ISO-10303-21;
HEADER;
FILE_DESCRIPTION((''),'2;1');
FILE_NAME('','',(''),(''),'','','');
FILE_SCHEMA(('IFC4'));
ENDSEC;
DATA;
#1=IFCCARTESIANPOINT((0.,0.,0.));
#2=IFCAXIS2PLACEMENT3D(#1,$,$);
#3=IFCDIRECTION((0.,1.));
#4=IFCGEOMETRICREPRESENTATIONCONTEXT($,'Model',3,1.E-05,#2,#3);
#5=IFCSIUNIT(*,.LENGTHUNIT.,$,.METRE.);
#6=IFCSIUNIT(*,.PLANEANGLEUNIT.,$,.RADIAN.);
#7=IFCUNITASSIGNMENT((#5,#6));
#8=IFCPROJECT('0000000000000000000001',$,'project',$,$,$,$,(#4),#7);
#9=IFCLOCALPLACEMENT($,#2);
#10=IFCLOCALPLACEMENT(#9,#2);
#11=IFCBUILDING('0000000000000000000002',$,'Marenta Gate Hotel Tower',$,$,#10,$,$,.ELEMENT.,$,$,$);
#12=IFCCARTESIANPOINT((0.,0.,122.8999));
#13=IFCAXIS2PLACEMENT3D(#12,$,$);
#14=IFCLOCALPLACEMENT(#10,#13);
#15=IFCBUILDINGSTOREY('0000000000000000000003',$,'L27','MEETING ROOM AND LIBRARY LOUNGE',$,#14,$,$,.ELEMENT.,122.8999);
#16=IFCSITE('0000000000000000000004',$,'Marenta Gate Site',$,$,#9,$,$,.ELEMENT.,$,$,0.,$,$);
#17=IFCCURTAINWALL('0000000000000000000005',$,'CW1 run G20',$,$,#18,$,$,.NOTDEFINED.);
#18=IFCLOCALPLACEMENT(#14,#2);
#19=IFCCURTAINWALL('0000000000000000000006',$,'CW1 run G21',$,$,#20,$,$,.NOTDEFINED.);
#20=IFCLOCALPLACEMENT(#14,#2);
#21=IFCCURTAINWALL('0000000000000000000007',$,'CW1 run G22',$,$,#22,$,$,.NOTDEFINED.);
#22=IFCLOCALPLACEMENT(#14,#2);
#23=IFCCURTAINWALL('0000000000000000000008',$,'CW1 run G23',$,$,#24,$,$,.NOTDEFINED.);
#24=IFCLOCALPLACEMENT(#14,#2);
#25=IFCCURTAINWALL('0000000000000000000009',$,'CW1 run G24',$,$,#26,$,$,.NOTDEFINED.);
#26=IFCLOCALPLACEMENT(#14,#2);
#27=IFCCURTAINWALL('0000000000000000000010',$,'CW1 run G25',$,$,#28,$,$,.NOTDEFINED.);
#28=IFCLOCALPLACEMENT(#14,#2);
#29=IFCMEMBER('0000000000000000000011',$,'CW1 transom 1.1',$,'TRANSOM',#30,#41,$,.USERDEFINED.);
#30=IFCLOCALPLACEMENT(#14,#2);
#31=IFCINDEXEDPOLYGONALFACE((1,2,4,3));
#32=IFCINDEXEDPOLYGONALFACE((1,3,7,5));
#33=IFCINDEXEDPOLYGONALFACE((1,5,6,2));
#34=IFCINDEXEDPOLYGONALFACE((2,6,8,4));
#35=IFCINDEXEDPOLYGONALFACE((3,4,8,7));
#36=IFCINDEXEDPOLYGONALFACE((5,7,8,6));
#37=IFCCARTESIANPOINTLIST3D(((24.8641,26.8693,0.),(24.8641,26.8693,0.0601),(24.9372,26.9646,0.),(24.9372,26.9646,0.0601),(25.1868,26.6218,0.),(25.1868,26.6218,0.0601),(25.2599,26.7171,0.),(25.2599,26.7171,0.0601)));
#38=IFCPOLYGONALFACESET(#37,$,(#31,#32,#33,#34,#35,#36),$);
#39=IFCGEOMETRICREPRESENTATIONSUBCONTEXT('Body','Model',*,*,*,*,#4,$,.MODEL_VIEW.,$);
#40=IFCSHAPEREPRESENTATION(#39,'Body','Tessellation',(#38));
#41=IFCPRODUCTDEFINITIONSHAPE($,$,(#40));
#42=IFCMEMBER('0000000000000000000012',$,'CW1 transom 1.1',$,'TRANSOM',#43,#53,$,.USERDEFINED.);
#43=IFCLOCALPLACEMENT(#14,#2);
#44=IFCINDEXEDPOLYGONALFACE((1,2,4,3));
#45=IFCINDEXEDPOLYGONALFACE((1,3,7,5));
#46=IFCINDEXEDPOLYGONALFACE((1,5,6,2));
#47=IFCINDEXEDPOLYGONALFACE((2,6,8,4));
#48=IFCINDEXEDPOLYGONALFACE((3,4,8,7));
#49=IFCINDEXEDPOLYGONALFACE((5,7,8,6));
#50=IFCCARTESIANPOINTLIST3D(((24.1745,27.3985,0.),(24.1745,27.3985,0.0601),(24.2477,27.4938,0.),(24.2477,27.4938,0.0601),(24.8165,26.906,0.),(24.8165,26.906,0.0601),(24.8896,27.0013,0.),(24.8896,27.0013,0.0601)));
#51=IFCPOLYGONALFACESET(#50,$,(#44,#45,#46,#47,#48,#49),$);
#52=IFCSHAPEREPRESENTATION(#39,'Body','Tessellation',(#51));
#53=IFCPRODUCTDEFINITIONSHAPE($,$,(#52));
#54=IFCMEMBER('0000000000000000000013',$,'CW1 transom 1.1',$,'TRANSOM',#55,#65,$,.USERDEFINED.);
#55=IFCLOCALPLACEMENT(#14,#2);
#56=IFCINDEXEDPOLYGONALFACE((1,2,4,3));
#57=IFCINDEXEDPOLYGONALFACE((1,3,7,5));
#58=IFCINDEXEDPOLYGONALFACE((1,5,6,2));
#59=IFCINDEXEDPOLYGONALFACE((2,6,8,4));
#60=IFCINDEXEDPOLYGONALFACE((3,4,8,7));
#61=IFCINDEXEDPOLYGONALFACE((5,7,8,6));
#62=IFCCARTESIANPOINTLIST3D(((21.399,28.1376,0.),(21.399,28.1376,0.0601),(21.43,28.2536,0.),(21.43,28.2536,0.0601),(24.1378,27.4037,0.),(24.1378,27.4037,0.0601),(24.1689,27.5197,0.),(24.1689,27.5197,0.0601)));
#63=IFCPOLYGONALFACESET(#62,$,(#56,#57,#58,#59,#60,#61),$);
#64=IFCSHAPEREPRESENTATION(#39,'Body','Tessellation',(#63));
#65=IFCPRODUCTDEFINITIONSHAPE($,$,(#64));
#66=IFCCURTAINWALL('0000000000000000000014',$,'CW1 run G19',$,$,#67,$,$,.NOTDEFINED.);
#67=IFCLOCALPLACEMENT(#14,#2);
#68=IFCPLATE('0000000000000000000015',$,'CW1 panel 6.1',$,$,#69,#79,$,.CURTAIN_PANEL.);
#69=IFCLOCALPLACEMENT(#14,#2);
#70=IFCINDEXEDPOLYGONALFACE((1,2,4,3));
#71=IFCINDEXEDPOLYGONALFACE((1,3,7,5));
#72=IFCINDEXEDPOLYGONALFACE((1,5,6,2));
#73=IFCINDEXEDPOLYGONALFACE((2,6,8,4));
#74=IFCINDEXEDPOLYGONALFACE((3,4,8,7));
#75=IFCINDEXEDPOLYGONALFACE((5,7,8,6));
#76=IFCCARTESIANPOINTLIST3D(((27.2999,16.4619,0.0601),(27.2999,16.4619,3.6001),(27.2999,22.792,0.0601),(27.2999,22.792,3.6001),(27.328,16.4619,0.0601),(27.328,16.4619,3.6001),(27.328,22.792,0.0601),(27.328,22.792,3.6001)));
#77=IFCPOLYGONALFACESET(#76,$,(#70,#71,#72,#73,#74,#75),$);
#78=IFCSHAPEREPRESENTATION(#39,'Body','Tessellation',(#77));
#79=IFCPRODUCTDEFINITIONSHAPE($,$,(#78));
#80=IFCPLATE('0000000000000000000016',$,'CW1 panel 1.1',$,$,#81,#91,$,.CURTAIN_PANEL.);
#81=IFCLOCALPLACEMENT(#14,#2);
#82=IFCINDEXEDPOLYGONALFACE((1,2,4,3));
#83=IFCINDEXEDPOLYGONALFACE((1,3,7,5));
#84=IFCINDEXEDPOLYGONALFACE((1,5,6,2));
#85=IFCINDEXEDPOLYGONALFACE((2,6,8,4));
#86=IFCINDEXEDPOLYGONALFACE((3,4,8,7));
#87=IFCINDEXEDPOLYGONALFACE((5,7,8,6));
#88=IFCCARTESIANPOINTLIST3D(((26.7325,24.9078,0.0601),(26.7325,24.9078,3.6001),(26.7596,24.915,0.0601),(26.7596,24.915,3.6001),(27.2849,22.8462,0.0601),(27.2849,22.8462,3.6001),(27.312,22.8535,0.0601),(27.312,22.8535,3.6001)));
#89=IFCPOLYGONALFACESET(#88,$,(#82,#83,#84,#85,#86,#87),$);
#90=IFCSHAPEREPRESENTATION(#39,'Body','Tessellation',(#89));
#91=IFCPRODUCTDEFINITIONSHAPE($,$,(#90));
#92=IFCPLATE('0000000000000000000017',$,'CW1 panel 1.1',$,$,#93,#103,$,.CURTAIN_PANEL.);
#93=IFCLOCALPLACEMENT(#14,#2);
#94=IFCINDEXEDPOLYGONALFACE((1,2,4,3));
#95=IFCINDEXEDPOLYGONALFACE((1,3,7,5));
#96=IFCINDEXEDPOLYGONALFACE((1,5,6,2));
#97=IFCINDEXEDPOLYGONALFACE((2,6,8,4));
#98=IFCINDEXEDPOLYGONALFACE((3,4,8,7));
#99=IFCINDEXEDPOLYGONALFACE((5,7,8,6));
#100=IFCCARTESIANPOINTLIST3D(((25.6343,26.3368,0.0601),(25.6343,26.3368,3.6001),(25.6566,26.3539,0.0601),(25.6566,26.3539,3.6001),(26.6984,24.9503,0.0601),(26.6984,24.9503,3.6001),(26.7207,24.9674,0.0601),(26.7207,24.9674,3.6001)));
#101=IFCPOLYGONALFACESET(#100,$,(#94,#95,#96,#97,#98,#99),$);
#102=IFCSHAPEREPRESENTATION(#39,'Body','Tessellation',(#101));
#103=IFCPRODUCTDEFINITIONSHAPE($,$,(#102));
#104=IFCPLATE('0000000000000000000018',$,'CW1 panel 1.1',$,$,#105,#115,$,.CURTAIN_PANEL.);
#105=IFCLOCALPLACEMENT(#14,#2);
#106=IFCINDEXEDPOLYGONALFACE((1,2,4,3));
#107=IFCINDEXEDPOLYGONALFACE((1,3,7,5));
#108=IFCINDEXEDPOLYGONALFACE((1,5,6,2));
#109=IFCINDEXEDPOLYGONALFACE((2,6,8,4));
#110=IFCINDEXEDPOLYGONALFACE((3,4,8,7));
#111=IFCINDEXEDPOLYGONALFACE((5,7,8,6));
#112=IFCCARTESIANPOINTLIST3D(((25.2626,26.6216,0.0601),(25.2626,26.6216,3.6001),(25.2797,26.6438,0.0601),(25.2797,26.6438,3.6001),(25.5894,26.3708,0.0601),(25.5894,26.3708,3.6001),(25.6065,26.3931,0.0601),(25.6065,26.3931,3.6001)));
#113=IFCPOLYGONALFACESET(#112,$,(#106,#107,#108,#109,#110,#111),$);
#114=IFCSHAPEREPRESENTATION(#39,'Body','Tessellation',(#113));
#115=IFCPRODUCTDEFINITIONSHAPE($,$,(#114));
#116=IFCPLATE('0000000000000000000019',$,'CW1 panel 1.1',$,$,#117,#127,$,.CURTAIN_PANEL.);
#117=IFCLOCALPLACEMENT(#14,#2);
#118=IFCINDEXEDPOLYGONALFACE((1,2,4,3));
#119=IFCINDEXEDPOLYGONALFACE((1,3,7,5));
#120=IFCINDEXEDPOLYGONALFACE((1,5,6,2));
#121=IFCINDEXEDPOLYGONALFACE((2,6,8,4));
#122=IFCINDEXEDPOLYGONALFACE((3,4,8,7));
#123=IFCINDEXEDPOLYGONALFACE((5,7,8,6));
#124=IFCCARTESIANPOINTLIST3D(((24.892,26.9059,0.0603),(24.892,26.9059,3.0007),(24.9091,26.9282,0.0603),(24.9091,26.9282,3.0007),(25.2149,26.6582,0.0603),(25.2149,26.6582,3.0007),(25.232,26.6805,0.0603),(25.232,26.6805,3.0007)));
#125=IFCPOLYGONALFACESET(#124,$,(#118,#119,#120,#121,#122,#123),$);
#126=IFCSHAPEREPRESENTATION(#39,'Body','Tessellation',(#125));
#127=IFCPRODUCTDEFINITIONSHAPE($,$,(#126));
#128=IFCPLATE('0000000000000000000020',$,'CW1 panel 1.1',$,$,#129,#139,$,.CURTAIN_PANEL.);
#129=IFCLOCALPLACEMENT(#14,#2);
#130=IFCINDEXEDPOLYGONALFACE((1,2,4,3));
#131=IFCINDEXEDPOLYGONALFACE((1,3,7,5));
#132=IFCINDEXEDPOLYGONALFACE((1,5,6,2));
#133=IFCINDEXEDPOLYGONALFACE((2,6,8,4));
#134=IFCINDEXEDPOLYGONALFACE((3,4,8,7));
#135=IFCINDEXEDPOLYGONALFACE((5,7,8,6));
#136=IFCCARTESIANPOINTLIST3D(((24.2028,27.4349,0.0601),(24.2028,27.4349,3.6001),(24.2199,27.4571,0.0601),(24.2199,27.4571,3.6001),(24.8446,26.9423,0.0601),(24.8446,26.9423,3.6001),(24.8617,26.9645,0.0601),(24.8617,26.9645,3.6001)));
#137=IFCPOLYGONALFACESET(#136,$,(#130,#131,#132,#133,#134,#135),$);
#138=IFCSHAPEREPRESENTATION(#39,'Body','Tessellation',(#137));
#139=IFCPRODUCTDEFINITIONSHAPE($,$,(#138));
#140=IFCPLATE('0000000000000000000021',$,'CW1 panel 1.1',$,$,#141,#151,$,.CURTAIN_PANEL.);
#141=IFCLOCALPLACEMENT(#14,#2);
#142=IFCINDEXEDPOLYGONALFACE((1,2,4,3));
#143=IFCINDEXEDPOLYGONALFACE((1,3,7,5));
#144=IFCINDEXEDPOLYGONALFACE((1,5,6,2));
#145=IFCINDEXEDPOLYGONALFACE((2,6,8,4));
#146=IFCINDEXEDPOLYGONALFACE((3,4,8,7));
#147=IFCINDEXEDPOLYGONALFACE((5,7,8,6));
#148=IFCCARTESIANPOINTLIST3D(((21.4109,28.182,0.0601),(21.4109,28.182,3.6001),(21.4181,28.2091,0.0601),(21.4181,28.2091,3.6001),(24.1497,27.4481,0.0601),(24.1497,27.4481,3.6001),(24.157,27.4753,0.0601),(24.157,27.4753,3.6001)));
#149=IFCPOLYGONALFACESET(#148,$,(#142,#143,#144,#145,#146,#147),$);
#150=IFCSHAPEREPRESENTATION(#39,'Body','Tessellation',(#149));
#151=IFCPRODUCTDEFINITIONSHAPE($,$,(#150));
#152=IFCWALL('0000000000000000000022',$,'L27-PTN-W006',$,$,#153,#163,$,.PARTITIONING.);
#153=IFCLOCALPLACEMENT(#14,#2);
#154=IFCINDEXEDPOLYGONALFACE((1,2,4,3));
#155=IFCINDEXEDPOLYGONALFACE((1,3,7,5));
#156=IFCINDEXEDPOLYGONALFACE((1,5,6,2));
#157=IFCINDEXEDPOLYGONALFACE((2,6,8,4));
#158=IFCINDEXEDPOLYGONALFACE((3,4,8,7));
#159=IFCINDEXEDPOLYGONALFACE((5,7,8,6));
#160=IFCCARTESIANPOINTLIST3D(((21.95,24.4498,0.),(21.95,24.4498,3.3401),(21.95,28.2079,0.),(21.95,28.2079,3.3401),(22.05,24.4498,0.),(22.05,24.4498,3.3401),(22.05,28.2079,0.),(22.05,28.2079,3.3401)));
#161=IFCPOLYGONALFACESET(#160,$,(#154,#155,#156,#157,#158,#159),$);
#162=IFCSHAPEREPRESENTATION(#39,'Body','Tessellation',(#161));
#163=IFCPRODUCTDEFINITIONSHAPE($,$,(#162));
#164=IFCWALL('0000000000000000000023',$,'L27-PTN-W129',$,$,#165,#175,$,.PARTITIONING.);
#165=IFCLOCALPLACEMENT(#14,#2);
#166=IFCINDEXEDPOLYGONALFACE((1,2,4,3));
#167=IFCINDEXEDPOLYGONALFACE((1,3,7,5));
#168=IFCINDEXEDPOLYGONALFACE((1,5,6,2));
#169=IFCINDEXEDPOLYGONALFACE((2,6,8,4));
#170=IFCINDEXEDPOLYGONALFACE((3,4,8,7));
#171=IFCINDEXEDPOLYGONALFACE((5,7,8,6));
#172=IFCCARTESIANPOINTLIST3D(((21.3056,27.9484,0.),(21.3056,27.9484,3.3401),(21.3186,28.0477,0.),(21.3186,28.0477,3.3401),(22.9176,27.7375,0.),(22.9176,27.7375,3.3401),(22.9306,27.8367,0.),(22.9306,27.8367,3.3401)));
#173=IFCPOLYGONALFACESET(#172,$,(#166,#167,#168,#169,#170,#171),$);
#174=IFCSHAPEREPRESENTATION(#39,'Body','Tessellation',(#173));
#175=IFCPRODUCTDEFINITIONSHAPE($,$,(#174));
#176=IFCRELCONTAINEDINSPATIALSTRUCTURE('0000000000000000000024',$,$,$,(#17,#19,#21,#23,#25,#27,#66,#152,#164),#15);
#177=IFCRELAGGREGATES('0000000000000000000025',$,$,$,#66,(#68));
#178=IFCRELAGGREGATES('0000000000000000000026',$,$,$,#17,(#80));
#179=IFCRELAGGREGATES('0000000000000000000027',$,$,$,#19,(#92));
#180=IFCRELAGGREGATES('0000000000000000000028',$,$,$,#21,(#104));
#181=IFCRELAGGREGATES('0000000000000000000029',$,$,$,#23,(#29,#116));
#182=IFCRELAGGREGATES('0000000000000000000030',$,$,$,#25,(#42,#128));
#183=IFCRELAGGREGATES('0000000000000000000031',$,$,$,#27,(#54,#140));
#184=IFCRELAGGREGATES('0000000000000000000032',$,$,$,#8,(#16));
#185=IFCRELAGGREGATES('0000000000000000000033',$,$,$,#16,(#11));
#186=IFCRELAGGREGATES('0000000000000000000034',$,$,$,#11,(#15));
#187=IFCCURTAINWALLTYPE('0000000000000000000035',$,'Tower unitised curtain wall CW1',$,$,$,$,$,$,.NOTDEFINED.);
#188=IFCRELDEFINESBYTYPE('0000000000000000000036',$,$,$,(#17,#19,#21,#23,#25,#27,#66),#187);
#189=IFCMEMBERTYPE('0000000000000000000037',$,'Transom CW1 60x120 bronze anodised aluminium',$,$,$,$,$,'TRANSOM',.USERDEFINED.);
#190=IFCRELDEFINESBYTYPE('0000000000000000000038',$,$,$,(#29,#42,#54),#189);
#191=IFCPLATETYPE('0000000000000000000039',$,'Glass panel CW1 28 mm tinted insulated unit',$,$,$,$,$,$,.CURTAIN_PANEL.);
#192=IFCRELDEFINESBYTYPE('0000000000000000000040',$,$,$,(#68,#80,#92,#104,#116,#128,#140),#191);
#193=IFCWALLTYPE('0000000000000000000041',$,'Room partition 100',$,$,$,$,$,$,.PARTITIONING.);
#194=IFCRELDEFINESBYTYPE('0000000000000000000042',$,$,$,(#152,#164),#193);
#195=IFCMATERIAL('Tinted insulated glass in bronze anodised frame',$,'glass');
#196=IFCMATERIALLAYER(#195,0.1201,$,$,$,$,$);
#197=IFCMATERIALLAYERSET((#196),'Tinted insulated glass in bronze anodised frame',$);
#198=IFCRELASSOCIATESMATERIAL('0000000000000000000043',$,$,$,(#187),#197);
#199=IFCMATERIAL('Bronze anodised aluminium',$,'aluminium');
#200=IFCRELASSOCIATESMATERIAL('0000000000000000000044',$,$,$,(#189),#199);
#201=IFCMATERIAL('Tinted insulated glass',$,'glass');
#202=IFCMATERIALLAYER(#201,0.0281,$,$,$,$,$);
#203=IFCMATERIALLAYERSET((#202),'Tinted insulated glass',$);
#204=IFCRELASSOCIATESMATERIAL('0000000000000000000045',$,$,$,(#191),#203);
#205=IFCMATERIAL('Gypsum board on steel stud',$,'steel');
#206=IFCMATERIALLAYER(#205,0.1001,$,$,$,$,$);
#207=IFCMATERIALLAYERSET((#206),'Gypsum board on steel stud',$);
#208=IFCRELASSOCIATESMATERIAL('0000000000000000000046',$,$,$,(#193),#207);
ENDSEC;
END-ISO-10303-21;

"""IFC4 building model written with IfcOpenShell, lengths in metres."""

from ifc_helpers import new_model, si_unit, direction, frame, frame_2d, origin, origin_2d, place, context, subcontext, project, spatial, rectangle, extrude, material, layer, layer_set, material_profile, profile_set, type_object, element, aggregate, save


model = new_model("IFC4")

# Units and contexts
model_context = context("Model", 3, precision=1e-05, world=origin(), true_north=direction((0.0, 1.0)))
body_context = subcontext(model_context, "Body", "Model", "MODEL_VIEW")
ifc_project = project(units=[si_unit("LENGTHUNIT", "METRE"), si_unit("PLANEANGLEUNIT", "RADIAN")], contexts=[model_context])

# Site, building, storey
site_placement = place(None, origin())
site = spatial("IfcSite", under=ifc_project, at=site_placement, Name="Marenta Gate Site", CompositionType="ELEMENT", RefElevation=0.0)
building_placement = place(site_placement, origin())
building = spatial("IfcBuilding", under=site, at=building_placement, Name="Marenta Gate Hotel Tower", CompositionType="ELEMENT")
storey_placement = place(building_placement, frame((0.0, 0.0, 122.8999)))
storey = spatial("IfcBuildingStorey", under=building, at=storey_placement, Name="L27", Description="MEETING ROOM AND LIBRARY LOUNGE", CompositionType="ELEMENT", Elevation=122.8999)

# Curtain walls
ifc_material_1 = material(Name="Tinted insulated glass in bronze anodised frame", Category="glass")
ifc_layer_1 = layer(ifc_material_1, 0.1201)
ifc_layer_set_1 = layer_set([ifc_layer_1], Name="Tinted insulated glass in bronze anodised frame")
curtain_wall_type = type_object("IfcCurtainWallType", Name="Tower unitised curtain wall CW1", PredefinedType="NOTDEFINED", material=ifc_layer_set_1)
curtain_wall_1_placement = place(storey_placement, origin())
curtain_wall_1 = element("IfcCurtainWall", 1, at=curtain_wall_1_placement, inside=storey, type_object=curtain_wall_type, Name="CW1 run G20", PredefinedType="NOTDEFINED")
curtain_wall_2_placement = place(storey_placement, origin())
curtain_wall_2 = element("IfcCurtainWall", 2, at=curtain_wall_2_placement, inside=storey, type_object=curtain_wall_type, Name="CW1 run G21", PredefinedType="NOTDEFINED")
curtain_wall_3_placement = place(storey_placement, origin())
curtain_wall_3 = element("IfcCurtainWall", 3, at=curtain_wall_3_placement, inside=storey, type_object=curtain_wall_type, Name="CW1 run G22", PredefinedType="NOTDEFINED")
curtain_wall_4_placement = place(storey_placement, origin())
curtain_wall_4 = element("IfcCurtainWall", 4, at=curtain_wall_4_placement, inside=storey, type_object=curtain_wall_type, Name="CW1 run G23", PredefinedType="NOTDEFINED")
curtain_wall_5_placement = place(storey_placement, origin())
curtain_wall_5 = element("IfcCurtainWall", 5, at=curtain_wall_5_placement, inside=storey, type_object=curtain_wall_type, Name="CW1 run G24", PredefinedType="NOTDEFINED")

# Curtain wall
curtain_wall_6_placement = place(storey_placement, origin())
curtain_wall_6 = element("IfcCurtainWall", 6, at=curtain_wall_6_placement, inside=storey, type_object=curtain_wall_type, Name="CW1 run G25", PredefinedType="NOTDEFINED")

# Members
ifc_material_2 = material(Name="Bronze anodised aluminium", Category="aluminium")
ifc_material_profile_1 = material_profile(ifc_material_2, rectangle(XDim=0.1201, YDim=0.0601, at=origin_2d()), Name="Transom CW1 60x120 bronze anodised aluminium")
ifc_profile_set_1 = profile_set([ifc_material_profile_1], Name="Bronze anodised aluminium")
member_type_1 = type_object("IfcMemberType", Name="Transom CW1 60x120 bronze anodised aluminium", ElementType="TRANSOM", PredefinedType="USERDEFINED", material=ifc_profile_set_1)
member_1_placement = place(storey_placement, frame((25.2234, 26.6694, 0.03), z_axis=(-0.793471, 0.608608, 0.0), x_axis=(-0.608608, -0.793471, 0.0)))
member_1 = element("IfcMember", 7, at=member_1_placement, type_object=member_type_1, Name="CW1 transom 1.1", ObjectType="TRANSOM", PredefinedType="USERDEFINED", context=body_context, shape_type="SweptSolid", body=[
    extrude(rectangle(XDim=0.1201, YDim=0.0601, at=origin_2d()), origin(), (0.0, 0.0, 1.0), 0.4067),
])
member_2_placement = place(storey_placement, frame((24.853, 26.9536, 0.03), z_axis=(-0.793397, 0.608704, 0.0), x_axis=(-0.608704, -0.793397, 0.0)))
member_2 = element("IfcMember", 8, at=member_2_placement, type_object=member_type_1, Name="CW1 transom 1.1", ObjectType="TRANSOM", PredefinedType="USERDEFINED", context=body_context, shape_type="SweptSolid", body=[
    extrude(rectangle(XDim=0.1201, YDim=0.0601, at=origin_2d()), origin(), (0.0, 0.0, 1.0), 0.8091),
])
member_3_placement = place(storey_placement, frame((24.1533, 27.4617, 0.03), z_axis=(-0.965923, 0.258831, 0.0), x_axis=(-0.258831, -0.965923, 0.0)))
member_3 = element("IfcMember", 9, at=member_3_placement, type_object=member_type_1, Name="CW1 transom 1.1", ObjectType="TRANSOM", PredefinedType="USERDEFINED", context=body_context, shape_type="SweptSolid", body=[
    extrude(rectangle(XDim=0.1201, YDim=0.0601, at=origin_2d()), origin(), (0.0, 0.0, 1.0), 2.8354),
])

# Curtain wall, plate
curtain_wall_7_placement = place(storey_placement, origin())
curtain_wall_7 = element("IfcCurtainWall", 10, at=curtain_wall_7_placement, inside=storey, type_object=curtain_wall_type, Name="CW1 run G19", PredefinedType="NOTDEFINED")
ifc_material_3 = material(Name="Tinted insulated glass", Category="glass")
ifc_layer_2 = layer(ifc_material_3, 0.0281)
ifc_layer_set_2 = layer_set([ifc_layer_2], Name="Tinted insulated glass")
plate_type = type_object("IfcPlateType", Name="Glass panel CW1 28 mm tinted insulated unit", PredefinedType="CURTAIN_PANEL", material=ifc_layer_set_2)
plate_1_placement = place(storey_placement, frame((27.314, 19.627, 0.0601), z_axis=(0.0, 0.0, 1.0), x_axis=(0.0, 1.0, 0.0)))
plate_1 = element("IfcPlate", 11, at=plate_1_placement, type_object=plate_type, Name="CW1 panel 6.1", PredefinedType="CURTAIN_PANEL", context=body_context, shape_type="SweptSolid", body=[
    extrude(rectangle(XDim=6.3301, YDim=0.0281, at=origin_2d()), origin(), (0.0, 0.0, 1.0), 3.54),
])
aggregate(curtain_wall_7, [plate_1])

# Plates
plate_2_placement = place(storey_placement, frame((27.0222, 23.8806, 0.0601), z_axis=(0.0, 0.0, 1.0), x_axis=(-0.258823, 0.965925, 0.0)))
plate_2 = element("IfcPlate", 12, at=plate_2_placement, type_object=plate_type, Name="CW1 panel 1.1", PredefinedType="CURTAIN_PANEL", context=body_context, shape_type="SweptSolid", body=[
    extrude(rectangle(XDim=2.1343, YDim=0.0281, at=origin_2d()), origin(), (0.0, 0.0, 1.0), 3.54),
])
aggregate(curtain_wall_1, [plate_2])
plate_3_placement = place(storey_placement, frame((26.1775, 25.6521, 0.0601), z_axis=(0.0, 0.0, 1.0), x_axis=(-0.608796, 0.793327, 0.0)))
plate_3 = element("IfcPlate", 13, at=plate_3_placement, type_object=plate_type, Name="CW1 panel 1.1", PredefinedType="CURTAIN_PANEL", context=body_context, shape_type="SweptSolid", body=[
    extrude(rectangle(XDim=1.7478, YDim=0.0281, at=origin_2d()), origin(), (0.0, 0.0, 1.0), 3.54),
])
aggregate(curtain_wall_2, [plate_3])
plate_4_placement = place(storey_placement, frame((25.4346, 26.5073, 0.0601), z_axis=(0.0, 0.0, 1.0), x_axis=(-0.79334, 0.608778, 0.0)))
plate_4 = element("IfcPlate", 14, at=plate_4_placement, type_object=plate_type, Name="CW1 panel 1.1", PredefinedType="CURTAIN_PANEL", context=body_context, shape_type="SweptSolid", body=[
    extrude(rectangle(XDim=0.4119, YDim=0.0281, at=origin_2d()), origin(), (0.0, 0.0, 1.0), 3.54),
])
aggregate(curtain_wall_3, [plate_4])
plate_5_placement = place(storey_placement, frame((25.062, 26.7932, 0.0603), z_axis=(0.0, 0.0, 1.0), x_axis=(-0.793372, 0.608737, 0.0)))
plate_5 = element("IfcPlate", 15, at=plate_5_placement, type_object=plate_type, Name="CW1 panel 1.1", PredefinedType="CURTAIN_PANEL", context=body_context, shape_type="SweptSolid", body=[
    extrude(rectangle(XDim=0.407, YDim=0.0281, at=origin_2d()), origin(), (0.0, 0.0, 1.0), 2.9404),
])
aggregate(curtain_wall_4, [member_1, plate_5])
plate_6_placement = place(storey_placement, frame((24.5322, 27.1997, 0.0601), z_axis=(0.0, 0.0, 1.0), x_axis=(-0.793295, 0.608837, 0.0)))
plate_6 = element("IfcPlate", 16, at=plate_6_placement, type_object=plate_type, Name="CW1 panel 1.1", PredefinedType="CURTAIN_PANEL", context=body_context, shape_type="SweptSolid", body=[
    extrude(rectangle(XDim=0.8091, YDim=0.0281, at=origin_2d()), origin(), (0.0, 0.0, 1.0), 3.54),
])
aggregate(curtain_wall_5, [member_2, plate_6])
plate_7_placement = place(storey_placement, frame((22.7839, 27.8286, 0.0601), z_axis=(0.0, 0.0, 1.0), x_axis=(-0.965929, 0.258806, 0.0)))
plate_7 = element("IfcPlate", 17, at=plate_7_placement, type_object=plate_type, Name="CW1 panel 1.1", PredefinedType="CURTAIN_PANEL", context=body_context, shape_type="SweptSolid", body=[
    extrude(rectangle(XDim=2.8354, YDim=0.0281, at=origin_2d()), origin(), (0.0, 0.0, 1.0), 3.54),
])
aggregate(curtain_wall_6, [member_3, plate_7])

# Walls
ifc_material_4 = material(Name="Gypsum board on steel stud", Category="steel")
ifc_layer_3 = layer(ifc_material_4, 0.1001)
ifc_layer_set_3 = layer_set([ifc_layer_3], Name="Gypsum board on steel stud")
wall_type = type_object("IfcWallType", Name="Room partition 100", PredefinedType="PARTITIONING", material=ifc_layer_set_3)
wall_1_placement = place(storey_placement, frame((22.0, 24.45, 0.0), z_axis=(0.0, 0.0, 1.0), x_axis=(0.0, 1.0, 0.0)))
element("IfcWall", 18, at=wall_1_placement, inside=storey, type_object=wall_type, Name="L27-PTN-W006", PredefinedType="PARTITIONING", context=body_context, shape_type="SweptSolid", body=[
    extrude(rectangle(XDim=3.7581, YDim=0.1001, at=frame_2d((1.8789, 0.0))), origin(), (0.0, 0.0, 1.0), 3.3401),
])
wall_2_placement = place(storey_placement, frame((21.312, 27.998, 0.0), z_axis=(0.0, 0.0, 1.0), x_axis=(0.991548, -0.129744, 0.0)))
element("IfcWall", 19, at=wall_2_placement, inside=storey, type_object=wall_type, Name="L27-PTN-W129", PredefinedType="PARTITIONING", context=body_context, shape_type="SweptSolid", body=[
    extrude(rectangle(XDim=1.6257, YDim=0.1001, at=frame_2d((0.813, 0.0))), origin(), (0.0, 0.0, 1.0), 3.3401),
])

save(model, "model.ifc")
